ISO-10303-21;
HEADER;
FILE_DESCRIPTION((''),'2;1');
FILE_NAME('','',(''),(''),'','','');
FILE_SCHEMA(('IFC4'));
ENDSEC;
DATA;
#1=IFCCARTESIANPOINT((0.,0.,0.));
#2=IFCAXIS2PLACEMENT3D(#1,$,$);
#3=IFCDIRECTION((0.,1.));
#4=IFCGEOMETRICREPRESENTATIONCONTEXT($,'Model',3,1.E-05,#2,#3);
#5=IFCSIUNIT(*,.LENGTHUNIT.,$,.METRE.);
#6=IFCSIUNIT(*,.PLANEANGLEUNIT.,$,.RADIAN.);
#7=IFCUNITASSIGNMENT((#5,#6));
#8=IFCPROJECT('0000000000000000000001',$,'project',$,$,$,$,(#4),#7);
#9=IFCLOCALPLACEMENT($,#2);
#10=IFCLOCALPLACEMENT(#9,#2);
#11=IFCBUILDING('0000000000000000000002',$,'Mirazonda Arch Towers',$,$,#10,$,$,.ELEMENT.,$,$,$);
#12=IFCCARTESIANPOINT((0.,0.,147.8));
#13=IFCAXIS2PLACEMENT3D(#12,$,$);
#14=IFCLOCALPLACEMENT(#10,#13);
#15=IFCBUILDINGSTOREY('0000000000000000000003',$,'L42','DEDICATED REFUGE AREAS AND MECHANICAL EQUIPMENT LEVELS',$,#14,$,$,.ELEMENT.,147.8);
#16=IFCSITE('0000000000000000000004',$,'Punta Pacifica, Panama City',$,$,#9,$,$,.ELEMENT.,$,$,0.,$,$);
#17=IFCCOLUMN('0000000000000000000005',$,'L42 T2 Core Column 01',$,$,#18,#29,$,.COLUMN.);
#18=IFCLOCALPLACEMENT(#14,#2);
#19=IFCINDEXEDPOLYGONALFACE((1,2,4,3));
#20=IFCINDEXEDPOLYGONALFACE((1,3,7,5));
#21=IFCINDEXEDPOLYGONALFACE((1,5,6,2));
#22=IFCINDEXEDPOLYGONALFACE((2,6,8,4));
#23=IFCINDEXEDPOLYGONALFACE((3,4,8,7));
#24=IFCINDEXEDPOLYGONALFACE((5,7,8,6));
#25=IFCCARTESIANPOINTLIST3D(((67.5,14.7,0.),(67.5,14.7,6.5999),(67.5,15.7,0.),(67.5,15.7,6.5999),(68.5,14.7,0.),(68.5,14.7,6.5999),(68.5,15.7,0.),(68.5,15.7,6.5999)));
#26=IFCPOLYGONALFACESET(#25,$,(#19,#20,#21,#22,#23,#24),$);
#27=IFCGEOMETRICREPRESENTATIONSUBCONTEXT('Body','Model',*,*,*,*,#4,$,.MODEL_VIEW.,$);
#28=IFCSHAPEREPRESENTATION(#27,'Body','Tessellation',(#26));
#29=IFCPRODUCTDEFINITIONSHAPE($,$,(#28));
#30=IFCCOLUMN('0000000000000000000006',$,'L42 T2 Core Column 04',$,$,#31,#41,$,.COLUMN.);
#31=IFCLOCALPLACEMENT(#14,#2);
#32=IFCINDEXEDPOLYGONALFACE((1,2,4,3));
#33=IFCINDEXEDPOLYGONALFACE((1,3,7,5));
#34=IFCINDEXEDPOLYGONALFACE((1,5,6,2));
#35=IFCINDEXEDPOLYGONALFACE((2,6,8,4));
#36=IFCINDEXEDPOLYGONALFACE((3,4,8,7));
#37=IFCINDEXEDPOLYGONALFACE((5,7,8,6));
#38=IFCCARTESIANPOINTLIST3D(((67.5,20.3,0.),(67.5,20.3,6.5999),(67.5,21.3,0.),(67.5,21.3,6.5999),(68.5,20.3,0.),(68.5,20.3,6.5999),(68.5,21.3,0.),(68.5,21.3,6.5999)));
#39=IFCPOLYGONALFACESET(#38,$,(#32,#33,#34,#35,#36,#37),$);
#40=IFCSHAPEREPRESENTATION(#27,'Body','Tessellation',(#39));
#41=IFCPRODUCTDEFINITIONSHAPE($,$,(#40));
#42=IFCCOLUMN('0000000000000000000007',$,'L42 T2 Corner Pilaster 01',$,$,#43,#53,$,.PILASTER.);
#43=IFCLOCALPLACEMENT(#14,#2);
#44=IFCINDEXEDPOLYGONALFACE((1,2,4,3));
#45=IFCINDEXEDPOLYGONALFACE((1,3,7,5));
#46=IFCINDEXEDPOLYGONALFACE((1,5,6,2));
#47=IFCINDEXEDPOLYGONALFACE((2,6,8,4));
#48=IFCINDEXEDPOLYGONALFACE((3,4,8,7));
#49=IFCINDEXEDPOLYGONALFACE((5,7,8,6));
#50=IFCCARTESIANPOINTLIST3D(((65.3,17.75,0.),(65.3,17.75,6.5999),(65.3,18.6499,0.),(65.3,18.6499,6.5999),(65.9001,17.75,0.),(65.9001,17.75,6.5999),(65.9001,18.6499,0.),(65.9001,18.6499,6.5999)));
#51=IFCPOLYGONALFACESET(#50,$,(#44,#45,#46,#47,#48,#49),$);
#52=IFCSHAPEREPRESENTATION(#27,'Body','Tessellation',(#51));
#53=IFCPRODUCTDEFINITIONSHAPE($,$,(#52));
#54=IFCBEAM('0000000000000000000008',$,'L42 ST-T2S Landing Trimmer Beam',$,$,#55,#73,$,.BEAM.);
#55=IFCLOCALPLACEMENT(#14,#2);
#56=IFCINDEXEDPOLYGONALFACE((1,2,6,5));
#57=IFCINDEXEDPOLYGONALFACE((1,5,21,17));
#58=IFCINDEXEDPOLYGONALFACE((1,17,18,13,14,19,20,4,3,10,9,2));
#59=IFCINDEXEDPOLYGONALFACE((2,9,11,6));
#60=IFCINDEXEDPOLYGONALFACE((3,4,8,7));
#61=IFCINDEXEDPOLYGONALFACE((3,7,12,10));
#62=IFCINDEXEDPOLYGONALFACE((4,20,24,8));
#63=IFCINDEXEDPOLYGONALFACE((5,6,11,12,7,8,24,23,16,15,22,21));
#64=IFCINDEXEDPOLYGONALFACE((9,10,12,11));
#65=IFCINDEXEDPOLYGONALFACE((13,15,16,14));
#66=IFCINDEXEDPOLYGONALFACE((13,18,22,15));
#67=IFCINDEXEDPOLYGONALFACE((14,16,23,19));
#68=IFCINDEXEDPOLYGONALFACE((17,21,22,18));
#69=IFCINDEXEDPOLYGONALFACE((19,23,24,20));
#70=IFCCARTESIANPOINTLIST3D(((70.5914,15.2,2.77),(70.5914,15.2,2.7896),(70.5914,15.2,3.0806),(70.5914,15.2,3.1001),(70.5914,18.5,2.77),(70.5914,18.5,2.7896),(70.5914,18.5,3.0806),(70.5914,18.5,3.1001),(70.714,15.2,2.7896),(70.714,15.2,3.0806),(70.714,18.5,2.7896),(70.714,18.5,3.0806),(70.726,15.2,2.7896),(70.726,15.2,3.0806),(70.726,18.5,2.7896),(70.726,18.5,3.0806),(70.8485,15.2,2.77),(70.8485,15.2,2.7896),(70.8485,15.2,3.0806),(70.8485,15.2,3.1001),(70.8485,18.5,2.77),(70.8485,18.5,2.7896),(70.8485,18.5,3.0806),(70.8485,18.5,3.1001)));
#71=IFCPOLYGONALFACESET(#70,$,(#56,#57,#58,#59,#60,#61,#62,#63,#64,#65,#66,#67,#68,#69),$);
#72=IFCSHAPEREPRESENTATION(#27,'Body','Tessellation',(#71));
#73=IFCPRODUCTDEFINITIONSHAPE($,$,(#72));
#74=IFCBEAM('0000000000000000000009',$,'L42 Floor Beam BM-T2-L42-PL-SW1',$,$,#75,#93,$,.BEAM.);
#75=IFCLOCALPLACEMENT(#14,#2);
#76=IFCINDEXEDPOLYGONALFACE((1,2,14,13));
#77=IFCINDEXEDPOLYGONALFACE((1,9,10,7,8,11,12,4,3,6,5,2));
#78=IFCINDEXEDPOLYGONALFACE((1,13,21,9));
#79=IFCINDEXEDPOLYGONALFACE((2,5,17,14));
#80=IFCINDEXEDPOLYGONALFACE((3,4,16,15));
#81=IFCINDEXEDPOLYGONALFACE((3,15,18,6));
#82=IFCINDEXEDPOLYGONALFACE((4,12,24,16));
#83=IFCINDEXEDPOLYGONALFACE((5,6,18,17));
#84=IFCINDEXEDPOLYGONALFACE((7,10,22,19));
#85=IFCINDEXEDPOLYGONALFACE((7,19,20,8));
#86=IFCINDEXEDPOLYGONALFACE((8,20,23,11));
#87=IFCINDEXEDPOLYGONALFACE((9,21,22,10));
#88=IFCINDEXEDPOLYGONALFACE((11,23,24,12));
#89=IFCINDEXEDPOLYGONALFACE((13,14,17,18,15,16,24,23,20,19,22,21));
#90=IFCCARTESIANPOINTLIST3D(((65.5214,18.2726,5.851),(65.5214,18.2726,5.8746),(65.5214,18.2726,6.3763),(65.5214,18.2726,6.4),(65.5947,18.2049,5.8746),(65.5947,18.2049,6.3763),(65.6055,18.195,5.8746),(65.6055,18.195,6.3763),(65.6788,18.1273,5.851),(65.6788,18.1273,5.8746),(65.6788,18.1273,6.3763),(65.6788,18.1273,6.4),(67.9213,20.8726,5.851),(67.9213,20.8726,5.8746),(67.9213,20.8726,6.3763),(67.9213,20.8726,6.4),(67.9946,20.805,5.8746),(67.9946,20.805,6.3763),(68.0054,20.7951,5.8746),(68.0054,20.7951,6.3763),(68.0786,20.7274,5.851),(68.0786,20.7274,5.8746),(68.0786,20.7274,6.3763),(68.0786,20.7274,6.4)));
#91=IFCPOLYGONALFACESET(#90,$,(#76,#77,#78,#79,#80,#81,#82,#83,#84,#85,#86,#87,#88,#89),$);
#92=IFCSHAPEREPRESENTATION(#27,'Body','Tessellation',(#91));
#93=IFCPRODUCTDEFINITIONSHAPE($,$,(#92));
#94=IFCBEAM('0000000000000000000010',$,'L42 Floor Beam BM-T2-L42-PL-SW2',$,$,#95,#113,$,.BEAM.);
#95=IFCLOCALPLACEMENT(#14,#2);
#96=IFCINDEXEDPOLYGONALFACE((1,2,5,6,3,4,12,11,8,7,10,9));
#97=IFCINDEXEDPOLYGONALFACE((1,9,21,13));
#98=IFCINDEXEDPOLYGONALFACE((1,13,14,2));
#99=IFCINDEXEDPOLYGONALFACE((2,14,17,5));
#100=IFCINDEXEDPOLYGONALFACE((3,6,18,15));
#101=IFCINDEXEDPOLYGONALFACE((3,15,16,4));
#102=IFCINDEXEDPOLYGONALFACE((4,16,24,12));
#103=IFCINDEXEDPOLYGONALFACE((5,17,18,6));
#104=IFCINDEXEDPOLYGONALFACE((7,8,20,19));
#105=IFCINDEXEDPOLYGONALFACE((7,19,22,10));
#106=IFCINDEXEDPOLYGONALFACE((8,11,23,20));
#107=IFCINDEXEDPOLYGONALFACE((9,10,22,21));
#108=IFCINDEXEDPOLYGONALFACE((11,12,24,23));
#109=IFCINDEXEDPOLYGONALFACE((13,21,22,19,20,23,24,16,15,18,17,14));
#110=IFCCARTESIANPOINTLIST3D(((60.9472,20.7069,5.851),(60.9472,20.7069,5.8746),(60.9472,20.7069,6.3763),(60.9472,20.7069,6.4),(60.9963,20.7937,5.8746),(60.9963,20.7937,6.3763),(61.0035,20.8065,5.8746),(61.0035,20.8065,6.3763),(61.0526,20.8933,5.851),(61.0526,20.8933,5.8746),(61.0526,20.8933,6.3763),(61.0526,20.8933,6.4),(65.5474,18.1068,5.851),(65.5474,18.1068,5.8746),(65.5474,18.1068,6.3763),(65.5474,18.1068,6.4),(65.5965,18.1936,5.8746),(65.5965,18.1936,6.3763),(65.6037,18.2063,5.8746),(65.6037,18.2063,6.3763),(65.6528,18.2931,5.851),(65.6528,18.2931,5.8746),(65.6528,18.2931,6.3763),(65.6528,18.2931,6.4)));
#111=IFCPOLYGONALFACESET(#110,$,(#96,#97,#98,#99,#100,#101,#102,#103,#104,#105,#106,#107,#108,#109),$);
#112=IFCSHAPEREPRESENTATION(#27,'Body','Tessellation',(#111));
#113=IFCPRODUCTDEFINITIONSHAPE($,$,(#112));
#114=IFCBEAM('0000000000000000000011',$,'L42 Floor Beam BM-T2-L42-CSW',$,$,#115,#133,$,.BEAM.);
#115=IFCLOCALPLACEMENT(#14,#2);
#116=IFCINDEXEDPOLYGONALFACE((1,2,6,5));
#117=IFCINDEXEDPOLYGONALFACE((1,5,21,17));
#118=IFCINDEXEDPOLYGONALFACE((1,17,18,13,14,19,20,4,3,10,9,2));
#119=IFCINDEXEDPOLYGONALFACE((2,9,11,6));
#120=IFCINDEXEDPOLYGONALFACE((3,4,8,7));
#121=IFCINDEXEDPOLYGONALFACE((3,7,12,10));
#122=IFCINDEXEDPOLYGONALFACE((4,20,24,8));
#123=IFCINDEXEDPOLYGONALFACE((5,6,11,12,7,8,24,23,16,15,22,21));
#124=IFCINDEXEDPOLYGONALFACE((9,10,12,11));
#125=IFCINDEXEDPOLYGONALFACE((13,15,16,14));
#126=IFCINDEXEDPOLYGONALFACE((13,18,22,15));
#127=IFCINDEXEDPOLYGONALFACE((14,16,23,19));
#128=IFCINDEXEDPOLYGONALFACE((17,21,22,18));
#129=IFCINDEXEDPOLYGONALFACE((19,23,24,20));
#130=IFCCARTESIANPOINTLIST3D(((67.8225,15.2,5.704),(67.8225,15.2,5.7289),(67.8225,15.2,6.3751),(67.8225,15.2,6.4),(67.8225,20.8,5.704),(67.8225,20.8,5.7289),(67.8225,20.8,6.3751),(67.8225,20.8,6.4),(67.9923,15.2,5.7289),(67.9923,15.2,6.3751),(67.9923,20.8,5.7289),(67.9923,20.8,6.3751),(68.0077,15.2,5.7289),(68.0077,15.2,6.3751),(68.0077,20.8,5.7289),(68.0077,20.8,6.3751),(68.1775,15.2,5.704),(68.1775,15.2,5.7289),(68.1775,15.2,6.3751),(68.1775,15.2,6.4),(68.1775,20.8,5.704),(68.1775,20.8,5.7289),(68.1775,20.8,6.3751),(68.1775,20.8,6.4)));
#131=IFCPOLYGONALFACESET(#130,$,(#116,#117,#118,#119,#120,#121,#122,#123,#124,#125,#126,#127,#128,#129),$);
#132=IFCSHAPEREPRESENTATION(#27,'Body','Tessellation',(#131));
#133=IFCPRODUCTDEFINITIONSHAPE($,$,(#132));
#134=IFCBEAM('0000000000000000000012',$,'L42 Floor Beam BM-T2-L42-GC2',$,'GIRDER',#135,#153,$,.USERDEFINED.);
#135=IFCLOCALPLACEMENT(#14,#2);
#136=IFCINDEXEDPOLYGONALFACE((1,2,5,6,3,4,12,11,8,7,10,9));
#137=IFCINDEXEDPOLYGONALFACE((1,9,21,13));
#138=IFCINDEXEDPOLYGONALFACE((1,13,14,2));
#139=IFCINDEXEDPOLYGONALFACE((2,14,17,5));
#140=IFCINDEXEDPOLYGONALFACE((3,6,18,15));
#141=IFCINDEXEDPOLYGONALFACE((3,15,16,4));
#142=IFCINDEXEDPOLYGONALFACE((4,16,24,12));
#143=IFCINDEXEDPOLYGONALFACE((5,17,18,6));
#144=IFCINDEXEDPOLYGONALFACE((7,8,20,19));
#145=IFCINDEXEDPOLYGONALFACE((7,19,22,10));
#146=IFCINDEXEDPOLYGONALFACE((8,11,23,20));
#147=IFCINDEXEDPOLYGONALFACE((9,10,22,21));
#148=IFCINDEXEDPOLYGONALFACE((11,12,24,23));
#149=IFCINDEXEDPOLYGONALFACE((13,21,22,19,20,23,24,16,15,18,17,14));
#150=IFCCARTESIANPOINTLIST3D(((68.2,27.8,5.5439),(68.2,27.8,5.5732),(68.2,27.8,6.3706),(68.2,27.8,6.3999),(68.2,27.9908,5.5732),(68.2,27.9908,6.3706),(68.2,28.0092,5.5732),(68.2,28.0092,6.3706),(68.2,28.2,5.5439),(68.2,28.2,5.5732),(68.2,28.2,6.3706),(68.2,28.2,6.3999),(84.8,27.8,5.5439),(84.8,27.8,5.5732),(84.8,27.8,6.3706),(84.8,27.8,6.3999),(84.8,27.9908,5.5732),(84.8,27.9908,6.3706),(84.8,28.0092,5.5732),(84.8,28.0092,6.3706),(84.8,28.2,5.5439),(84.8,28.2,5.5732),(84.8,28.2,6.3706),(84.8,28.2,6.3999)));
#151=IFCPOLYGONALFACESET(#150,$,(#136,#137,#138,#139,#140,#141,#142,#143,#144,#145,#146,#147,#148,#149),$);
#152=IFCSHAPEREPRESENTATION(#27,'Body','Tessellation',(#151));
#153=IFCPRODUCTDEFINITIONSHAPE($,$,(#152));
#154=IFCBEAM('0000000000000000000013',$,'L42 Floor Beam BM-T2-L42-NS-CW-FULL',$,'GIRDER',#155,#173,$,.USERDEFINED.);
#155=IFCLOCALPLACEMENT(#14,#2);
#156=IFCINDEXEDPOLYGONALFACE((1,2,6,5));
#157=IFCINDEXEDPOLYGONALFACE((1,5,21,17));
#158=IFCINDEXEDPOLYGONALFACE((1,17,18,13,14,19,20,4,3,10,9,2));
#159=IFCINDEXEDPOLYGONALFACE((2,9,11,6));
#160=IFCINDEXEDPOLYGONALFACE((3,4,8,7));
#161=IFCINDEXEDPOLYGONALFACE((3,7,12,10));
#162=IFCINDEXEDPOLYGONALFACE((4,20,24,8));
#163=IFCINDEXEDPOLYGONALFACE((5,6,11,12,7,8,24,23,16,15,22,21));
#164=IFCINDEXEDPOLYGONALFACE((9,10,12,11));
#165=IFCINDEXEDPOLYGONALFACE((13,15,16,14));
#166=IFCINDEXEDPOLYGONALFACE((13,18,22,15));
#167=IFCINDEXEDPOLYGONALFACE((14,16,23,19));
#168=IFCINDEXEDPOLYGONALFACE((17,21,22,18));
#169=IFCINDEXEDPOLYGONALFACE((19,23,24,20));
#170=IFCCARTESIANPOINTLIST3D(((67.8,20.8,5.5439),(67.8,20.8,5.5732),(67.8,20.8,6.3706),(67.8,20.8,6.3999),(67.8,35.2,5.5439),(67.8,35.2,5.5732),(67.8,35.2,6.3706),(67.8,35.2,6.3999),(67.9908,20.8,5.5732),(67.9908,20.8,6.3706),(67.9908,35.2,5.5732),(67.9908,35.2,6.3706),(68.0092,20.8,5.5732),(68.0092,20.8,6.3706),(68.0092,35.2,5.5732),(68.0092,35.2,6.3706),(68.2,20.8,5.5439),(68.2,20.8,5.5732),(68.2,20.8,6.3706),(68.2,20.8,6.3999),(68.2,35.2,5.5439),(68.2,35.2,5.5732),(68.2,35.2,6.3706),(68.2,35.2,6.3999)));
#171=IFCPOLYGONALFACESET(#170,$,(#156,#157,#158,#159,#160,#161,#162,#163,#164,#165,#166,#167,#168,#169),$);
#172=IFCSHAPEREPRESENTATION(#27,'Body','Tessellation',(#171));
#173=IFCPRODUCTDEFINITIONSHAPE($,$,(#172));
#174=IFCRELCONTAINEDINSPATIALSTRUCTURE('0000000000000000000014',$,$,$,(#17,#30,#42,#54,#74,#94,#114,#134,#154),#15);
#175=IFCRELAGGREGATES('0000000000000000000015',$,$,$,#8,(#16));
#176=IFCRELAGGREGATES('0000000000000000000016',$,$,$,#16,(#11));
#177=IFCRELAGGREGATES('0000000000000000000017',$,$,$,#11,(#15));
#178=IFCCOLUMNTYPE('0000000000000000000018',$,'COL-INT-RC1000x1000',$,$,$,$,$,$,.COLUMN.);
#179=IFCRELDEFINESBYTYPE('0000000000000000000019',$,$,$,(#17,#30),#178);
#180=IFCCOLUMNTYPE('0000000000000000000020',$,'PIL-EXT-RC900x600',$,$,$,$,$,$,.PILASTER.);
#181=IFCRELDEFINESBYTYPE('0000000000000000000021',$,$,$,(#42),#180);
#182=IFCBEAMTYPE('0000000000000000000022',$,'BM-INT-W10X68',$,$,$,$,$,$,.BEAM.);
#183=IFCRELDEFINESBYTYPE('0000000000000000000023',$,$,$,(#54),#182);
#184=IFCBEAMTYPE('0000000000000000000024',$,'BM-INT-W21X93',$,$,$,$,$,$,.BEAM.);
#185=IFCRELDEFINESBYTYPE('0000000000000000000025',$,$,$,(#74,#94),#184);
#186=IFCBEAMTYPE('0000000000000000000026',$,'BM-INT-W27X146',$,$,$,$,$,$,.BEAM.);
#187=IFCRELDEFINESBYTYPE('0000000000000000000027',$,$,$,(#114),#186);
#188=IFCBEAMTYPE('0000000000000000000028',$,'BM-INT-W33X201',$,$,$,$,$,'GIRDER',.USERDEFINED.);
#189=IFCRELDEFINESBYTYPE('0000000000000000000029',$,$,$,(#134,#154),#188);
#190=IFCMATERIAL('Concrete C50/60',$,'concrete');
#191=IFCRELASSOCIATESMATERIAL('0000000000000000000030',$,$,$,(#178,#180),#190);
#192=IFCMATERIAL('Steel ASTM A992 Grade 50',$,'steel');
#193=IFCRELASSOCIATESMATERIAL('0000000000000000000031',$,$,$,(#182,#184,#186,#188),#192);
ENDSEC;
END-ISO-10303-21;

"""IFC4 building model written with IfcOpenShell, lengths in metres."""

from ifc_helpers import new_model, si_unit, direction, frame, origin, origin_2d, place, context, subcontext, project, spatial, rectangle, i_section, extrude, material, material_profile, profile_set, type_object, element, save


model = new_model("IFC4")

# Units and contexts
model_context = context("Model", 3, precision=1e-05, world=origin(), true_north=direction((0.0, 1.0)))
body_context = subcontext(model_context, "Body", "Model", "MODEL_VIEW")
ifc_project = project(units=[si_unit("LENGTHUNIT", "METRE"), si_unit("PLANEANGLEUNIT", "RADIAN")], contexts=[model_context])

# Site, building, storey
site_placement = place(None, origin())
site = spatial("IfcSite", under=ifc_project, at=site_placement, Name="Punta Pacifica, Panama City", CompositionType="ELEMENT", RefElevation=0.0)
building_placement = place(site_placement, origin())
building = spatial("IfcBuilding", under=site, at=building_placement, Name="Mirazonda Arch Towers", CompositionType="ELEMENT")
storey_placement = place(building_placement, frame((0.0, 0.0, 147.8)))
storey = spatial("IfcBuildingStorey", under=building, at=storey_placement, Name="L42", Description="DEDICATED REFUGE AREAS AND MECHANICAL EQUIPMENT LEVELS", CompositionType="ELEMENT", Elevation=147.8)

# Columns
ifc_material_1 = material(Name="Concrete C50/60", Category="concrete")
ifc_material_profile_1 = material_profile(ifc_material_1, rectangle(XDim=1.0, YDim=1.0, at=origin_2d()), Name="RC1000x1000")
ifc_profile_set_1 = profile_set([ifc_material_profile_1], Name="Concrete C50/60")
column_type_1 = type_object("IfcColumnType", Name="COL-INT-RC1000x1000", PredefinedType="COLUMN", material=ifc_profile_set_1)
for number, where, z_axis, x_axis, name in (
    (1, (68.0, 15.2, 0.0), (0.0, 0.0, 1.0), (1.0, 0.0, 0.0), "L42 T2 Core Column 01"),
    (2, (68.0, 20.8, 0.0), (0.0, 0.0, 1.0), (1.0, 0.0, 0.0), "L42 T2 Core Column 04"),
):
    element("IfcColumn", number, at=place(storey_placement, frame(where, z_axis=z_axis, x_axis=x_axis)), inside=storey, type_object=column_type_1, Name=name, PredefinedType="COLUMN", context=body_context, shape_type="SweptSolid", body=[
        extrude(rectangle(XDim=1.0, YDim=1.0, at=origin_2d()), origin(), (0.0, 0.0, 1.0), 6.5999),
    ])
ifc_material_profile_2 = material_profile(ifc_material_1, rectangle(XDim=0.6001, YDim=0.8999, at=origin_2d()), Name="RC900x600")
ifc_profile_set_2 = profile_set([ifc_material_profile_2], Name="Concrete C50/60")
column_type_2 = type_object("IfcColumnType", Name="PIL-EXT-RC900x600", PredefinedType="PILASTER", material=ifc_profile_set_2)
column_placement = place(storey_placement, frame((65.6001, 18.2, 0.0), z_axis=(0.0, 0.0, 1.0), x_axis=(1.0, 0.0, 0.0)))
element("IfcColumn", 3, at=column_placement, inside=storey, type_object=column_type_2, Name="L42 T2 Corner Pilaster 01", PredefinedType="PILASTER", context=body_context, shape_type="SweptSolid", body=[
    extrude(rectangle(XDim=0.6001, YDim=0.8999, at=origin_2d()), origin(), (0.0, 0.0, 1.0), 6.5999),
])

# Beams
ifc_material_2 = material(Name="Steel ASTM A992 Grade 50", Category="steel")
ifc_material_profile_3 = material_profile(ifc_material_2, i_section(OverallWidth=0.2571, OverallDepth=0.3301, WebThickness=0.012, FlangeThickness=0.0195, at=origin_2d()), Name="W10X68")
ifc_profile_set_3 = profile_set([ifc_material_profile_3], Name="Steel ASTM A992 Grade 50")
beam_type_1 = type_object("IfcBeamType", Name="BM-INT-W10X68", PredefinedType="BEAM", material=ifc_profile_set_3)
beam_1_placement = place(storey_placement, frame((70.72, 15.2, 2.9351), z_axis=(0.0, 1.0, 0.0), x_axis=(-1.0, 0.0, 0.0)))
element("IfcBeam", 4, at=beam_1_placement, inside=storey, type_object=beam_type_1, Name="L42 ST-T2S Landing Trimmer Beam", PredefinedType="BEAM", context=body_context, shape_type="SweptSolid", body=[
    extrude(i_section(OverallWidth=0.2571, OverallDepth=0.3301, WebThickness=0.012, FlangeThickness=0.0195, at=origin_2d()), origin(), (0.0, 0.0, 1.0), 3.3),
])
ifc_material_profile_4 = material_profile(ifc_material_2, i_section(OverallWidth=0.2141, OverallDepth=0.5491, WebThickness=0.0146, FlangeThickness=0.0237, at=origin_2d()), Name="W21X93")
ifc_profile_set_4 = profile_set([ifc_material_profile_4], Name="Steel ASTM A992 Grade 50")
beam_type_2 = type_object("IfcBeamType", Name="BM-INT-W21X93", PredefinedType="BEAM", material=ifc_profile_set_4)
beam_2_placement = place(storey_placement, frame((65.6001, 18.2, 6.1255), z_axis=(0.678251, 0.73483, 0.0), x_axis=(-0.73483, 0.678251, 0.0)))
element("IfcBeam", 5, at=beam_2_placement, inside=storey, type_object=beam_type_2, Name="L42 Floor Beam BM-T2-L42-PL-SW1", PredefinedType="BEAM", context=body_context, shape_type="SweptSolid", body=[
    extrude(i_section(OverallWidth=0.2141, OverallDepth=0.5491, WebThickness=0.0146, FlangeThickness=0.0237, at=origin_2d()), origin(), (0.0, 0.0, 1.0), 3.5383),
])
beam_3_placement = place(storey_placement, frame((65.6001, 18.2, 6.1255), z_axis=(-0.870559, 0.492063, 0.0), x_axis=(-0.492063, -0.870559, 0.0)))
element("IfcBeam", 6, at=beam_3_placement, inside=storey, type_object=beam_type_2, Name="L42 Floor Beam BM-T2-L42-PL-SW2", PredefinedType="BEAM", context=body_context, shape_type="SweptSolid", body=[
    extrude(i_section(OverallWidth=0.2141, OverallDepth=0.5491, WebThickness=0.0146, FlangeThickness=0.0237, at=origin_2d()), origin(), (0.0, 0.0, 1.0), 5.2842),
])
ifc_material_profile_5 = material_profile(ifc_material_2, i_section(OverallWidth=0.355, OverallDepth=0.696, WebThickness=0.0154, FlangeThickness=0.0249, at=origin_2d()), Name="W27X146")
ifc_profile_set_5 = profile_set([ifc_material_profile_5], Name="Steel ASTM A992 Grade 50")
beam_type_3 = type_object("IfcBeamType", Name="BM-INT-W27X146", PredefinedType="BEAM", material=ifc_profile_set_5)
beam_4_placement = place(storey_placement, frame((68.0, 15.2, 6.052), z_axis=(0.0, 1.0, 0.0), x_axis=(-1.0, 0.0, 0.0)))
element("IfcBeam", 7, at=beam_4_placement, inside=storey, type_object=beam_type_3, Name="L42 Floor Beam BM-T2-L42-CSW", PredefinedType="BEAM", context=body_context, shape_type="SweptSolid", body=[
    extrude(i_section(OverallWidth=0.355, OverallDepth=0.696, WebThickness=0.0154, FlangeThickness=0.0249, at=origin_2d()), origin(), (0.0, 0.0, 1.0), 5.6001),
])
ifc_material_profile_6 = material_profile(ifc_material_2, i_section(OverallWidth=0.3999, OverallDepth=0.856, WebThickness=0.0183, FlangeThickness=0.0293, at=origin_2d()), Name="W33X201")
ifc_profile_set_6 = profile_set([ifc_material_profile_6], Name="Steel ASTM A992 Grade 50")
beam_type_4 = type_object("IfcBeamType", Name="BM-INT-W33X201", ElementType="GIRDER", PredefinedType="USERDEFINED", material=ifc_profile_set_6)
beam_5_placement = place(storey_placement, frame((68.2, 28.0, 5.9719), z_axis=(1.0, 0.0, 0.0), x_axis=(0.0, 1.0, 0.0)))
element("IfcBeam", 8, at=beam_5_placement, inside=storey, type_object=beam_type_4, Name="L42 Floor Beam BM-T2-L42-GC2", ObjectType="GIRDER", PredefinedType="USERDEFINED", context=body_context, shape_type="SweptSolid", body=[
    extrude(i_section(OverallWidth=0.3999, OverallDepth=0.856, WebThickness=0.0183, FlangeThickness=0.0293, at=origin_2d()), origin(), (0.0, 0.0, 1.0), 16.6001),
])
beam_6_placement = place(storey_placement, frame((68.0, 20.8, 5.9719), z_axis=(0.0, 1.0, 0.0), x_axis=(-1.0, 0.0, 0.0)))
element("IfcBeam", 9, at=beam_6_placement, inside=storey, type_object=beam_type_4, Name="L42 Floor Beam BM-T2-L42-NS-CW-FULL", ObjectType="GIRDER", PredefinedType="USERDEFINED", context=body_context, shape_type="SweptSolid", body=[
    extrude(i_section(OverallWidth=0.3999, OverallDepth=0.856, WebThickness=0.0183, FlangeThickness=0.0293, at=origin_2d()), origin(), (0.0, 0.0, 1.0), 14.3999),
])

save(model, "model.ifc")
